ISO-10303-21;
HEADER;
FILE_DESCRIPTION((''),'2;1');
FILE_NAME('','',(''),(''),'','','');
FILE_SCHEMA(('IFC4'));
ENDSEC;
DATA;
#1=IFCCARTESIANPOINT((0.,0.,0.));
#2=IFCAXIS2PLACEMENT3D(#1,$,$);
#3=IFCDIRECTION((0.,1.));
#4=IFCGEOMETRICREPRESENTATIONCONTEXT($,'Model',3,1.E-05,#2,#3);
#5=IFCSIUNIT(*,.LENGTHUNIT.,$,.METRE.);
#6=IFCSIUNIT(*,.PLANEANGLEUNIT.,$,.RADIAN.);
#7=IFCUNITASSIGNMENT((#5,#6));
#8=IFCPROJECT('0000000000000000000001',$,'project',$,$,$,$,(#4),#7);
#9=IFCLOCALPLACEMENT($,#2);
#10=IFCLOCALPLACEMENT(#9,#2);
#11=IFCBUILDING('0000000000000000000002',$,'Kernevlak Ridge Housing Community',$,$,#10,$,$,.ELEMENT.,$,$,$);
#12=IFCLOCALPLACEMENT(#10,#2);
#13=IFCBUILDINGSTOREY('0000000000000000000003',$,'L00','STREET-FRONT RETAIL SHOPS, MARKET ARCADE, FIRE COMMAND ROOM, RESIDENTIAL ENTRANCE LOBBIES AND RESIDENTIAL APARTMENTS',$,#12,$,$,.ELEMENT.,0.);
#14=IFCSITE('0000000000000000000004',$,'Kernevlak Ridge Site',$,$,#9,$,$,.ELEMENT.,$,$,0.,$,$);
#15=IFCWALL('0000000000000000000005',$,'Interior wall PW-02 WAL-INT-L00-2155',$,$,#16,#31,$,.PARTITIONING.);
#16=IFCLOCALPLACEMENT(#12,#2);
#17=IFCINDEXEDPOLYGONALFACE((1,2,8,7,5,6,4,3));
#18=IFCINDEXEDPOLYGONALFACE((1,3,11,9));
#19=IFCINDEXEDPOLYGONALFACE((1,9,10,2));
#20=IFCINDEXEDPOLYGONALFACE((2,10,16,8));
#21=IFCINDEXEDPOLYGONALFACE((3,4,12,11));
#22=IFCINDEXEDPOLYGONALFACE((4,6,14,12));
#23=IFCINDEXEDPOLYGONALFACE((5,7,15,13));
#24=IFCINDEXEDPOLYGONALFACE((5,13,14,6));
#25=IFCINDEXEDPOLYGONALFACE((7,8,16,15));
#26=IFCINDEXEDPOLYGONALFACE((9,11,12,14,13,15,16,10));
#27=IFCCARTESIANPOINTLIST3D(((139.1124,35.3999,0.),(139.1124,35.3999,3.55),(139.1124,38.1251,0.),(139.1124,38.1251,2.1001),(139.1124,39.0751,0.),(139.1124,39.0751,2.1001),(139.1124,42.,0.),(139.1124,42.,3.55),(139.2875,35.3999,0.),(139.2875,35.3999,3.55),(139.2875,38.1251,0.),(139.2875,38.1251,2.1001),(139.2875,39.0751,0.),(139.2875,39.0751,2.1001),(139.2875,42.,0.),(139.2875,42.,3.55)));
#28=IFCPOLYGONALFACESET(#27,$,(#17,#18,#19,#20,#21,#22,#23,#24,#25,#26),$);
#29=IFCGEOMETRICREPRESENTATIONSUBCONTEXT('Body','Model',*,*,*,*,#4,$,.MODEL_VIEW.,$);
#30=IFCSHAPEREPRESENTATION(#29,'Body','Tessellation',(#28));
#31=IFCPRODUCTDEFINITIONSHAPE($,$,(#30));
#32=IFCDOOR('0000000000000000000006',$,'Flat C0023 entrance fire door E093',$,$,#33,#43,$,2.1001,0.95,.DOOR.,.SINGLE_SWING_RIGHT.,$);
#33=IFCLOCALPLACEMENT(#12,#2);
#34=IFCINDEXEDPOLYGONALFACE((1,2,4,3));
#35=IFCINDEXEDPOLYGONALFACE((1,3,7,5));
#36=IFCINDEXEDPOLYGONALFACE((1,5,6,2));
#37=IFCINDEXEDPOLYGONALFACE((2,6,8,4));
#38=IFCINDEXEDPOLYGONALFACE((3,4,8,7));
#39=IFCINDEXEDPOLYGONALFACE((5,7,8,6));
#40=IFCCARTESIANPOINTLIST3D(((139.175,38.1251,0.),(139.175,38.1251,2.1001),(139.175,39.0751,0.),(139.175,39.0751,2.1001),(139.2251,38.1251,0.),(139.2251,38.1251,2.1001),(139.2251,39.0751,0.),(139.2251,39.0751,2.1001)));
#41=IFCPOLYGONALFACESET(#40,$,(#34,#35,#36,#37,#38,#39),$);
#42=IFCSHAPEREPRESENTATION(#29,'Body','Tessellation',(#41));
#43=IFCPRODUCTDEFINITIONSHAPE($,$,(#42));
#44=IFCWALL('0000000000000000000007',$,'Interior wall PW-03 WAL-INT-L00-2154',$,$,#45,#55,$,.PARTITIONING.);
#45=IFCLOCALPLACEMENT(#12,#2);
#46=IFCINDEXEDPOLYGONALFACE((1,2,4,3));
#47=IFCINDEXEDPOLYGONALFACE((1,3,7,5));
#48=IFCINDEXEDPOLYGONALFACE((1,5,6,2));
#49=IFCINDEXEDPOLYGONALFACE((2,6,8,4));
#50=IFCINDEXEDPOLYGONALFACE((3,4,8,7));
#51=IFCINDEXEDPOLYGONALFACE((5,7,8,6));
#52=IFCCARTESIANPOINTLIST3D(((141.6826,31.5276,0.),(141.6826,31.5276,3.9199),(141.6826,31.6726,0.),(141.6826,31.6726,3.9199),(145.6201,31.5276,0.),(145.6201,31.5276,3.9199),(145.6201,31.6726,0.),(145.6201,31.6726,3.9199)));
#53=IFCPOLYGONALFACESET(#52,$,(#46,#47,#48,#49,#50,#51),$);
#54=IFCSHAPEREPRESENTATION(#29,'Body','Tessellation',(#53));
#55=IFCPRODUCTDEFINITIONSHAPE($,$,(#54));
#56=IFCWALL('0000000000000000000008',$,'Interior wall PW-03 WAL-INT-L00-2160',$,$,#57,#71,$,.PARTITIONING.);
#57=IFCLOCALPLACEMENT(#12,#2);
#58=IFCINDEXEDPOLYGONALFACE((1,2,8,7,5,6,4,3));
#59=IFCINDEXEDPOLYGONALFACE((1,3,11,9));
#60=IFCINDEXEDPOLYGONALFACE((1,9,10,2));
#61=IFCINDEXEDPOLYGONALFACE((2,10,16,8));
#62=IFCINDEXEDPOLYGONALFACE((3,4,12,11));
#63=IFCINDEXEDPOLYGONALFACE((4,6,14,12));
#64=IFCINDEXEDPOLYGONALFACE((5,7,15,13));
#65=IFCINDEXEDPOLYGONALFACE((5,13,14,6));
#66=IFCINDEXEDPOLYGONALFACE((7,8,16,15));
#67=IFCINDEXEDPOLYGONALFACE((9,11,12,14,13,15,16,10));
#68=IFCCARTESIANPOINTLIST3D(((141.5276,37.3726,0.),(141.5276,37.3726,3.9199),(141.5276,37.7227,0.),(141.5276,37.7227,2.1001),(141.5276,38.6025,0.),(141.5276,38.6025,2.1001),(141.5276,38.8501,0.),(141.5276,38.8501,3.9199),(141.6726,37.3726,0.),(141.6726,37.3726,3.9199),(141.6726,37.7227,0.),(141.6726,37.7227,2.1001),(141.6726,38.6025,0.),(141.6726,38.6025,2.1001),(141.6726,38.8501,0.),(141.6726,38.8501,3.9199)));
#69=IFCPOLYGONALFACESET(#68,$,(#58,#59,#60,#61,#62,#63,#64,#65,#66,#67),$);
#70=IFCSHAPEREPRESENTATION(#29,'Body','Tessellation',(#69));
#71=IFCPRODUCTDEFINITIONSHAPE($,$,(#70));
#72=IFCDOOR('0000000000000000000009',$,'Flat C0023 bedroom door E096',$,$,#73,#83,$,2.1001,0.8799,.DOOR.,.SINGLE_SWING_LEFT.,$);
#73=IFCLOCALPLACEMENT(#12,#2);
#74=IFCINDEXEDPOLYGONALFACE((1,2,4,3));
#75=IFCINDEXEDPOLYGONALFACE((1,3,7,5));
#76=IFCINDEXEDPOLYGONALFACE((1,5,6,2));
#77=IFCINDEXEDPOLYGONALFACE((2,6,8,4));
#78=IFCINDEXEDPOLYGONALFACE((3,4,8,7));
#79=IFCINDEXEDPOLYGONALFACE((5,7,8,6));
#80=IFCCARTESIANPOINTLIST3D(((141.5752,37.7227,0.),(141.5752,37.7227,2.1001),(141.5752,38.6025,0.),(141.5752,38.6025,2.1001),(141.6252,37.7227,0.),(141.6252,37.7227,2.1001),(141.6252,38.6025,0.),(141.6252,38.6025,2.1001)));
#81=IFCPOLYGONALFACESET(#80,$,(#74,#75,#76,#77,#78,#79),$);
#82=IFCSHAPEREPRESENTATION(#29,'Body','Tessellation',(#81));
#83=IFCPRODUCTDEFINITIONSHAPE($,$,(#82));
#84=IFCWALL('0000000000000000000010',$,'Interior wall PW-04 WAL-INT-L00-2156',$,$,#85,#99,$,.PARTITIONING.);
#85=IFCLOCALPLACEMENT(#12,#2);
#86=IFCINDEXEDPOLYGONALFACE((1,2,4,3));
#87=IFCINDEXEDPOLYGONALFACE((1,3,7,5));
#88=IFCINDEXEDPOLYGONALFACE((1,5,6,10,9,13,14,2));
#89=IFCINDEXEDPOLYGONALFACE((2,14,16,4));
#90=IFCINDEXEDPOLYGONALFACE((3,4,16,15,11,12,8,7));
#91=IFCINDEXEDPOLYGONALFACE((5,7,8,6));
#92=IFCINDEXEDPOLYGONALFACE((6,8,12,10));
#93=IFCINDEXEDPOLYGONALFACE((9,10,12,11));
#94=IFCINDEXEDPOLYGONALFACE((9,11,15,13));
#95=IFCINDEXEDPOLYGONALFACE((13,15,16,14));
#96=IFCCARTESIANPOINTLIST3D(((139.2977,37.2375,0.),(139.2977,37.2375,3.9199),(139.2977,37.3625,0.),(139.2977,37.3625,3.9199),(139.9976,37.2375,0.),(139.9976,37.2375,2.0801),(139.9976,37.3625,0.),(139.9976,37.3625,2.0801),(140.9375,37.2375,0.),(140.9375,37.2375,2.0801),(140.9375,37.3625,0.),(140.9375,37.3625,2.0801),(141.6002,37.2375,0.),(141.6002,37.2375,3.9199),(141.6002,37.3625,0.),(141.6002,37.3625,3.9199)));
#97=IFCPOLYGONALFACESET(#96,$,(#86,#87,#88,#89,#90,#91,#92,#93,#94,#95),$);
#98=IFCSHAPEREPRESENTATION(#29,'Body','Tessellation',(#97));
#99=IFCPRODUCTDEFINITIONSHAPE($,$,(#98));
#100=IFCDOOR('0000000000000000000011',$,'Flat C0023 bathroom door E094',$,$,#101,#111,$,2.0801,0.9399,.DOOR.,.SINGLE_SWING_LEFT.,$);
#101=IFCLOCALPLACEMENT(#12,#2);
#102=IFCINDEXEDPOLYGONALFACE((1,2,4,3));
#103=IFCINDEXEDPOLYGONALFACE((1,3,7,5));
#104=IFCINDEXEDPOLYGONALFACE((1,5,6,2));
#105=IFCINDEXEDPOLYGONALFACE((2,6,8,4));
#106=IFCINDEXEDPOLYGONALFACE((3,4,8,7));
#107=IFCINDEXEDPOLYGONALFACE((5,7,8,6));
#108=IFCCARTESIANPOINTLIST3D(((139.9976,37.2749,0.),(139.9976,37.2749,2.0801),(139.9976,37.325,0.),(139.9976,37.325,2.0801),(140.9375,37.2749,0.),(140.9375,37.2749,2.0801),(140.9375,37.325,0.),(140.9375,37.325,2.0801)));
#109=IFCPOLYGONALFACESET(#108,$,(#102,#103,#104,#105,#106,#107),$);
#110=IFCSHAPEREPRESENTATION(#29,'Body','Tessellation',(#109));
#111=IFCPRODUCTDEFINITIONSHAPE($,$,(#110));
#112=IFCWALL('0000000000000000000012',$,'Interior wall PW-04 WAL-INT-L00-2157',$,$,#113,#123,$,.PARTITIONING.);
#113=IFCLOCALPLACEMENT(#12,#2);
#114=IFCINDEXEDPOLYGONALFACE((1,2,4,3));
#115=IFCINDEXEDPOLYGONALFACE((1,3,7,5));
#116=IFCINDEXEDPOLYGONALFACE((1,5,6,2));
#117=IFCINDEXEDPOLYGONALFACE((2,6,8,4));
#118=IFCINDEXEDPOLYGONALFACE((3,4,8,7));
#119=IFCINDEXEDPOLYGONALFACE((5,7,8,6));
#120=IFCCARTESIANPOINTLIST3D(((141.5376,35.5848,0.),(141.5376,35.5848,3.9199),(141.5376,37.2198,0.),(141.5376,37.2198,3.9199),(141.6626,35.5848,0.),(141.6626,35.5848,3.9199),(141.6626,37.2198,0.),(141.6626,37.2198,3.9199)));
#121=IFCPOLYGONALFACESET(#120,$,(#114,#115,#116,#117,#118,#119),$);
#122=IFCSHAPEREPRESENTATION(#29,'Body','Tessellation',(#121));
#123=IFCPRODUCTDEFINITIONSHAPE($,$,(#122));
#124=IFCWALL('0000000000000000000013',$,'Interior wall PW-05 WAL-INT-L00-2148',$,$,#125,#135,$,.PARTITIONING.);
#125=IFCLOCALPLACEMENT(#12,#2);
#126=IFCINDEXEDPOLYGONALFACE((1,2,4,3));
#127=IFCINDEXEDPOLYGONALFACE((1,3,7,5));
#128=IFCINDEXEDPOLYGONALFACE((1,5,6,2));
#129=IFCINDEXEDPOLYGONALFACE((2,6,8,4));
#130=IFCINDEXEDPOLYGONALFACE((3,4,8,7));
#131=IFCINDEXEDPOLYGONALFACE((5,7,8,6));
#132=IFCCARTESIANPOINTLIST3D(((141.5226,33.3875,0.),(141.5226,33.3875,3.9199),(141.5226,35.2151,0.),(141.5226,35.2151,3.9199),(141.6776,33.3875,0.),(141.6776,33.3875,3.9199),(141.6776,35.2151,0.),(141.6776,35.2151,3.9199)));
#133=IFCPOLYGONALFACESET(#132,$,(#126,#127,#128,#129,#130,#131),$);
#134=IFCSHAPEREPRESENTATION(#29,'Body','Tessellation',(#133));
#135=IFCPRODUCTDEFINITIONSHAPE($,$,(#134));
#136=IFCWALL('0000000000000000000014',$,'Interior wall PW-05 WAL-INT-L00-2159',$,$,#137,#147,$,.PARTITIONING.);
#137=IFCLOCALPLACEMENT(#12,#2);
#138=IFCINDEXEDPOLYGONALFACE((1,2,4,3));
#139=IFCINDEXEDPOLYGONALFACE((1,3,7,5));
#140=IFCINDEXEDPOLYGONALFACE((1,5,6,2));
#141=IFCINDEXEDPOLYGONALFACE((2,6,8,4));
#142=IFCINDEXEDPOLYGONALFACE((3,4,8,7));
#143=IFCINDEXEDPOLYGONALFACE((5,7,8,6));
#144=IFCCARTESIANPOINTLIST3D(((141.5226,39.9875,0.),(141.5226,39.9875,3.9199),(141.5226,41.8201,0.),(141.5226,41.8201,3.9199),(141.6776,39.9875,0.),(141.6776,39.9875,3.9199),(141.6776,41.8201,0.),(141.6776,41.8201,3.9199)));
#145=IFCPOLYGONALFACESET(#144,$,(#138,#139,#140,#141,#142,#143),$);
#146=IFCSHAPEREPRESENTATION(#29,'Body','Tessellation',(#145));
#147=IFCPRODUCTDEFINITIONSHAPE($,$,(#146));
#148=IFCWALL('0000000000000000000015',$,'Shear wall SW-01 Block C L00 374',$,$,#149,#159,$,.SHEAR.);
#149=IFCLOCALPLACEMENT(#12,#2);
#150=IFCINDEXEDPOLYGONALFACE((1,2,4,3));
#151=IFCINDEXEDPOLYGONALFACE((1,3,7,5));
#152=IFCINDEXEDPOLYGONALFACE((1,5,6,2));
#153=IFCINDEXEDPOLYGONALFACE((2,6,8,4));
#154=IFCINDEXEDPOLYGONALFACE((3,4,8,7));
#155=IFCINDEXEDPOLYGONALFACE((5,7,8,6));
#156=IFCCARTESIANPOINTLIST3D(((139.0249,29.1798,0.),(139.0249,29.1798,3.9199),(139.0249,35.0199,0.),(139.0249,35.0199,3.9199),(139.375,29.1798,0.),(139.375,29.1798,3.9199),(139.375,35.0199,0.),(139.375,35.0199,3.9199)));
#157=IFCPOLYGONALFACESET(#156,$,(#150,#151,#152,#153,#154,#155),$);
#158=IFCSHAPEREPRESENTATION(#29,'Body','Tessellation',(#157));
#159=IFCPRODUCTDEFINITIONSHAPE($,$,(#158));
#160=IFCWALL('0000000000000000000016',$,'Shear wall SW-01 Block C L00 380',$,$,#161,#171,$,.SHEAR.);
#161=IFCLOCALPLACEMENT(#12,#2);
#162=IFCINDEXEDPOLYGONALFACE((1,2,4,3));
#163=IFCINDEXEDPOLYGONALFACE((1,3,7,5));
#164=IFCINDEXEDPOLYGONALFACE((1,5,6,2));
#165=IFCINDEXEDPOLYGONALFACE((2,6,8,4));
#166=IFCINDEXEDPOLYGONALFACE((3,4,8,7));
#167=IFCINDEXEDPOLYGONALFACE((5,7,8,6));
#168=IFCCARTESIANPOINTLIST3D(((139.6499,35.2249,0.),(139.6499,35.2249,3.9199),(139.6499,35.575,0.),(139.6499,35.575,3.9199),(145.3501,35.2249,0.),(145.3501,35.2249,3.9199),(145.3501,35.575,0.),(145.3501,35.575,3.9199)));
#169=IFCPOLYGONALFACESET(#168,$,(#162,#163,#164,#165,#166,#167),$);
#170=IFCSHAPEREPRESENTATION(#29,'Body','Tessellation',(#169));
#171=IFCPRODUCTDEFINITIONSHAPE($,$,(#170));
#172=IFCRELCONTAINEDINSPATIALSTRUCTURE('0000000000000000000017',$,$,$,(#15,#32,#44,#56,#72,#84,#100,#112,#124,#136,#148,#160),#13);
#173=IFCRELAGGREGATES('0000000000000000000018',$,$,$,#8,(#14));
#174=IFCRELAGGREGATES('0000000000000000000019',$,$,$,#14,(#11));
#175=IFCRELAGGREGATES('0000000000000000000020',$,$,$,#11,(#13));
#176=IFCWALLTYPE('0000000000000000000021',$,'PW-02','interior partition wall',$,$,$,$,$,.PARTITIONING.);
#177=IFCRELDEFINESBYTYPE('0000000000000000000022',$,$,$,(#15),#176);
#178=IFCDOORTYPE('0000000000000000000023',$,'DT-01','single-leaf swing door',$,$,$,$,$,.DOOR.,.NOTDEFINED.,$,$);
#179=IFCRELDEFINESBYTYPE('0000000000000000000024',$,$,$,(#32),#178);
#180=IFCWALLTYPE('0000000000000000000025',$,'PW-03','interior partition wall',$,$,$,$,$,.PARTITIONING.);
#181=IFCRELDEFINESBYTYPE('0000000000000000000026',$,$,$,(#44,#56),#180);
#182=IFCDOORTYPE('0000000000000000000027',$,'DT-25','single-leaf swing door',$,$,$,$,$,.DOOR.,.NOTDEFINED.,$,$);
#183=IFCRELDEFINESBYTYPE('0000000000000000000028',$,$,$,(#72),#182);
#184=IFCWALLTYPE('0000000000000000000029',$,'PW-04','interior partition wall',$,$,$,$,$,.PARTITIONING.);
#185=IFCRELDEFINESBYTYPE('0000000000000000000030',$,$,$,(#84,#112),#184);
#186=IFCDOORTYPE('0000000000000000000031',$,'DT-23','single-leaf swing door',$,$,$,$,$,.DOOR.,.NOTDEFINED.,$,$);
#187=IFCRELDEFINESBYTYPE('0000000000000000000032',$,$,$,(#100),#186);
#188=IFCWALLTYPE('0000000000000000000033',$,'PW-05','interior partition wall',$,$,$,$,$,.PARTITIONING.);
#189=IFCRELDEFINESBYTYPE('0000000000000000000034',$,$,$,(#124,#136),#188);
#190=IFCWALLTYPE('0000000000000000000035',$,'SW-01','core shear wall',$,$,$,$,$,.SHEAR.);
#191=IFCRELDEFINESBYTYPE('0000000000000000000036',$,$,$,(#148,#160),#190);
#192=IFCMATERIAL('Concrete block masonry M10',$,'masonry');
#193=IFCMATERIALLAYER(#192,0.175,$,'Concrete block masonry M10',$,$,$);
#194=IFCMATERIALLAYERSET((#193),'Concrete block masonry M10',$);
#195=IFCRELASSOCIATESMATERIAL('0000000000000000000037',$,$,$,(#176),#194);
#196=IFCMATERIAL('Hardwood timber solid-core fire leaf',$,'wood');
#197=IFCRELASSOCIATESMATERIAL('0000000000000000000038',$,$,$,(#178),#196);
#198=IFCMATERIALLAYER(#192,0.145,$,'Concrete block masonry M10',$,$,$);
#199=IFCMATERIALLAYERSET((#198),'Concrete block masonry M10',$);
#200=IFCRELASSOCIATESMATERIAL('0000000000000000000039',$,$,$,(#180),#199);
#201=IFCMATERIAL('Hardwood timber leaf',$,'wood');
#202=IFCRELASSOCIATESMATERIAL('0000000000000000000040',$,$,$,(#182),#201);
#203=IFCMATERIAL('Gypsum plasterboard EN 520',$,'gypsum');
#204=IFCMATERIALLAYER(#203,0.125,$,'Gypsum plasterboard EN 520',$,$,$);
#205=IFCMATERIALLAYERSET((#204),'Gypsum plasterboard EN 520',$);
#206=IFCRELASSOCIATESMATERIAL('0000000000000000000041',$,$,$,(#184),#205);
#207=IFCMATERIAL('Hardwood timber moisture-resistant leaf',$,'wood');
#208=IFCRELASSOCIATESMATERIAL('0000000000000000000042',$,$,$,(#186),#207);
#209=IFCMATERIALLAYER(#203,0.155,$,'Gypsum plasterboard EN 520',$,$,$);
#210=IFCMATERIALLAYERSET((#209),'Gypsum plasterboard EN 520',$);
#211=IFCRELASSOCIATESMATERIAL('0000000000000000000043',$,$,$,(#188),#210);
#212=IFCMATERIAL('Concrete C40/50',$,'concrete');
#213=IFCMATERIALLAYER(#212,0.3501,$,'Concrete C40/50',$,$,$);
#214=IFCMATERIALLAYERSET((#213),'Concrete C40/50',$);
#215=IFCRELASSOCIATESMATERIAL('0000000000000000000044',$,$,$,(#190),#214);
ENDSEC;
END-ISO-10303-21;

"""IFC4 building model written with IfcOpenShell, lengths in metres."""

from ifc_helpers import new_model, si_unit, direction, frame, frame_2d, origin, place, context, subcontext, project, spatial, rectangle, extrude, material, layer, layer_set, type_object, element, fill, save


model = new_model("IFC4")

# Units and contexts
model_context = context("Model", 3, precision=1e-05, world=origin(), true_north=direction((0.0, 1.0)))
body_context = subcontext(model_context, "Body", "Model", "MODEL_VIEW")
ifc_project = project(units=[si_unit("LENGTHUNIT", "METRE"), si_unit("PLANEANGLEUNIT", "RADIAN")], contexts=[model_context])

# Site, building, storey
site_placement = place(None, origin())
site = spatial("IfcSite", under=ifc_project, at=site_placement, Name="Kernevlak Ridge Site", CompositionType="ELEMENT", RefElevation=0.0)
building_placement = place(site_placement, origin())
building = spatial("IfcBuilding", under=site, at=building_placement, Name="Kernevlak Ridge Housing Community", CompositionType="ELEMENT")
storey_placement = place(building_placement, origin())
storey = spatial("IfcBuildingStorey", under=building, at=storey_placement, Name="L00", Description="STREET-FRONT RETAIL SHOPS, MARKET ARCADE, FIRE COMMAND ROOM, RESIDENTIAL ENTRANCE LOBBIES AND RESIDENTIAL APARTMENTS", CompositionType="ELEMENT", Elevation=0.0)

# Shared definitions
ifc_material_1 = material(Name="Concrete C40/50", Category="concrete")

# Shared definitions
ifc_material_2 = material(Name="Concrete block masonry M10", Category="masonry")

# Wall, opening, door
ifc_layer_1 = layer(ifc_material_2, 0.175, Name="Concrete block masonry M10")
ifc_layer_set_1 = layer_set([ifc_layer_1], Name="Concrete block masonry M10")
wall_type_1 = type_object("IfcWallType", Name="PW-02", Description="interior partition wall", PredefinedType="PARTITIONING", material=ifc_layer_set_1)
wall_1_placement = place(storey_placement, frame((139.2, 35.3999, 0.0), z_axis=(0.0, 0.0, 1.0), x_axis=(0.0, 1.0, 0.0)))
wall_1 = element("IfcWall", 1, at=wall_1_placement, inside=storey, type_object=wall_type_1, Name="Interior wall PW-02 WAL-INT-L00-2155", PredefinedType="PARTITIONING", context=body_context, shape_type="SweptSolid", body=[
    extrude(rectangle(XDim=6.6001, YDim=0.175, at=frame_2d((3.3, 0.0))), origin(), (0.0, 0.0, 1.0), 3.55),
])
opening_1_placement = place(wall_1_placement, frame((2.7251, 0.0, 0.0)))
opening_1 = element("IfcOpeningElement", 2, at=opening_1_placement, cuts=wall_1, PredefinedType="OPENING", context=body_context, shape_type="SweptSolid", body=[
    extrude(rectangle(XDim=0.95, YDim=2.1001, at=frame_2d((0.4751, 1.05))), frame((0.0, 0.0974, 0.0), z_axis=(0.0, -1.0, 0.0), x_axis=(1.0, 0.0, 0.0)), (0.0, 0.0, 1.0), 0.1951),
])
ifc_material_3 = material(Name="Hardwood timber solid-core fire leaf", Category="wood")
door_type_1 = type_object("IfcDoorType", Name="DT-01", Description="single-leaf swing door", OperationType="NOTDEFINED", PredefinedType="DOOR", material=ifc_material_3)
door_1_placement = place(opening_1_placement, origin())
door_1 = element("IfcDoor", 3, at=door_1_placement, inside=storey, type_object=door_type_1, Name="Flat C0023 entrance fire door E093", OperationType="SINGLE_SWING_RIGHT", OverallHeight=2.1001, OverallWidth=0.95, PredefinedType="DOOR", context=body_context, shape_type="SweptSolid", body=[
    extrude(rectangle(XDim=0.95, YDim=2.1001, at=frame_2d((0.4751, 1.05))), frame((0.0, 0.0249, 0.0), z_axis=(0.0, -1.0, 0.0), x_axis=(1.0, 0.0, 0.0)), (0.0, 0.0, 1.0), 0.05),
])
fill(opening_1, door_1)

# Wall
ifc_layer_2 = layer(ifc_material_2, 0.145, Name="Concrete block masonry M10")
ifc_layer_set_2 = layer_set([ifc_layer_2], Name="Concrete block masonry M10")
wall_type_2 = type_object("IfcWallType", Name="PW-03", Description="interior partition wall", PredefinedType="PARTITIONING", material=ifc_layer_set_2)
wall_2_placement = place(storey_placement, frame((141.6826, 31.6001, 0.0), z_axis=(0.0, 0.0, 1.0), x_axis=(1.0, 0.0, 0.0)))
element("IfcWall", 4, at=wall_2_placement, inside=storey, type_object=wall_type_2, Name="Interior wall PW-03 WAL-INT-L00-2154", PredefinedType="PARTITIONING", context=body_context, shape_type="SweptSolid", body=[
    extrude(rectangle(XDim=3.9375, YDim=0.145, at=frame_2d((1.9688, 0.0))), origin(), (0.0, 0.0, 1.0), 3.9199),
])

# Walls, openings, doors
wall_3_placement = place(storey_placement, frame((141.6001, 37.3726, 0.0), z_axis=(0.0, 0.0, 1.0), x_axis=(0.0, 1.0, 0.0)))
wall_3 = element("IfcWall", 5, at=wall_3_placement, inside=storey, type_object=wall_type_2, Name="Interior wall PW-03 WAL-INT-L00-2160", PredefinedType="PARTITIONING", context=body_context, shape_type="SweptSolid", body=[
    extrude(rectangle(XDim=1.4775, YDim=0.145, at=frame_2d((0.7388, 0.0))), origin(), (0.0, 0.0, 1.0), 3.9199),
])
opening_2_placement = place(wall_3_placement, frame((0.3501, 0.0, 0.0)))
opening_2 = element("IfcOpeningElement", 6, at=opening_2_placement, cuts=wall_3, PredefinedType="OPENING", context=body_context, shape_type="SweptSolid", body=[
    extrude(rectangle(XDim=0.8799, YDim=2.1001, at=frame_2d((0.4399, 1.05))), frame((0.0, 0.0825, 0.0), z_axis=(0.0, -1.0, 0.0), x_axis=(1.0, 0.0, 0.0)), (0.0, 0.0, 1.0), 0.165),
])
ifc_material_4 = material(Name="Hardwood timber leaf", Category="wood")
door_type_2 = type_object("IfcDoorType", Name="DT-25", Description="single-leaf swing door", OperationType="NOTDEFINED", PredefinedType="DOOR", material=ifc_material_4)
door_2_placement = place(opening_2_placement, origin())
door_2 = element("IfcDoor", 7, at=door_2_placement, inside=storey, type_object=door_type_2, Name="Flat C0023 bedroom door E096", OperationType="SINGLE_SWING_LEFT", OverallHeight=2.1001, OverallWidth=0.8799, PredefinedType="DOOR", context=body_context, shape_type="SweptSolid", body=[
    extrude(rectangle(XDim=0.8799, YDim=2.1001, at=frame_2d((0.4399, 1.05))), frame((0.0, 0.0249, 0.0), z_axis=(0.0, -1.0, 0.0), x_axis=(1.0, 0.0, 0.0)), (0.0, 0.0, 1.0), 0.05),
])
fill(opening_2, door_2)
ifc_material_5 = material(Name="Gypsum plasterboard EN 520", Category="gypsum")
ifc_layer_3 = layer(ifc_material_5, 0.125, Name="Gypsum plasterboard EN 520")
ifc_layer_set_3 = layer_set([ifc_layer_3], Name="Gypsum plasterboard EN 520")
wall_type_3 = type_object("IfcWallType", Name="PW-04", Description="interior partition wall", PredefinedType="PARTITIONING", material=ifc_layer_set_3)
wall_4_placement = place(storey_placement, frame((139.2976, 37.3, 0.0), z_axis=(0.0, 0.0, 1.0), x_axis=(1.0, 0.0, 0.0)))
wall_4 = element("IfcWall", 8, at=wall_4_placement, inside=storey, type_object=wall_type_3, Name="Interior wall PW-04 WAL-INT-L00-2156", PredefinedType="PARTITIONING", context=body_context, shape_type="SweptSolid", body=[
    extrude(rectangle(XDim=2.3025, YDim=0.125, at=frame_2d((1.1514, 0.0))), origin(), (0.0, 0.0, 1.0), 3.9199),
])
opening_3_placement = place(wall_4_placement, frame((0.7, 0.0, 0.0)))
opening_3 = element("IfcOpeningElement", 9, at=opening_3_placement, cuts=wall_4, PredefinedType="OPENING", context=body_context, shape_type="SweptSolid", body=[
    extrude(rectangle(XDim=0.9399, YDim=2.0801, at=frame_2d((0.47, 1.04))), frame((0.0, 0.0725, 0.0), z_axis=(0.0, -1.0, 0.0), x_axis=(1.0, 0.0, 0.0)), (0.0, 0.0, 1.0), 0.145),
])
ifc_material_6 = material(Name="Hardwood timber moisture-resistant leaf", Category="wood")
door_type_3 = type_object("IfcDoorType", Name="DT-23", Description="single-leaf swing door", OperationType="NOTDEFINED", PredefinedType="DOOR", material=ifc_material_6)
door_3_placement = place(opening_3_placement, origin())
door_3 = element("IfcDoor", 10, at=door_3_placement, inside=storey, type_object=door_type_3, Name="Flat C0023 bathroom door E094", OperationType="SINGLE_SWING_LEFT", OverallHeight=2.0801, OverallWidth=0.9399, PredefinedType="DOOR", context=body_context, shape_type="SweptSolid", body=[
    extrude(rectangle(XDim=0.9399, YDim=2.0801, at=frame_2d((0.47, 1.04))), frame((0.0, 0.0249, 0.0), z_axis=(0.0, -1.0, 0.0), x_axis=(1.0, 0.0, 0.0)), (0.0, 0.0, 1.0), 0.05),
])
fill(opening_3, door_3)

# Wall
wall_5_placement = place(storey_placement, frame((141.6001, 35.585, 0.0), z_axis=(0.0, 0.0, 1.0), x_axis=(0.0, 1.0, 0.0)))
element("IfcWall", 11, at=wall_5_placement, inside=storey, type_object=wall_type_3, Name="Interior wall PW-04 WAL-INT-L00-2157", PredefinedType="PARTITIONING", context=body_context, shape_type="SweptSolid", body=[
    extrude(rectangle(XDim=1.635, YDim=0.125, at=frame_2d((0.8174, 0.0))), origin(), (0.0, 0.0, 1.0), 3.9199),
])

# Shared definitions
ifc_layer_4 = layer(ifc_material_5, 0.155, Name="Gypsum plasterboard EN 520")
ifc_layer_set_4 = layer_set([ifc_layer_4], Name="Gypsum plasterboard EN 520")
wall_type_4 = type_object("IfcWallType", Name="PW-05", Description="interior partition wall", PredefinedType="PARTITIONING", material=ifc_layer_set_4)

# Wall
wall_6_placement = place(storey_placement, frame((141.6001, 33.3875, 0.0), z_axis=(0.0, 0.0, 1.0), x_axis=(0.0, 1.0, 0.0)))
element("IfcWall", 12, at=wall_6_placement, inside=storey, type_object=wall_type_4, Name="Interior wall PW-05 WAL-INT-L00-2148", PredefinedType="PARTITIONING", context=body_context, shape_type="SweptSolid", body=[
    extrude(rectangle(XDim=1.8276, YDim=0.155, at=frame_2d((0.9138, 0.0))), origin(), (0.0, 0.0, 1.0), 3.9199),
])

# Walls
wall_7_placement = place(storey_placement, frame((141.6001, 39.9875, 0.0), z_axis=(0.0, 0.0, 1.0), x_axis=(0.0, 1.0, 0.0)))
element("IfcWall", 13, at=wall_7_placement, inside=storey, type_object=wall_type_4, Name="Interior wall PW-05 WAL-INT-L00-2159", PredefinedType="PARTITIONING", context=body_context, shape_type="SweptSolid", body=[
    extrude(rectangle(XDim=1.8325, YDim=0.155, at=frame_2d((0.9163, 0.0))), origin(), (0.0, 0.0, 1.0), 3.9199),
])
ifc_layer_5 = layer(ifc_material_1, 0.3501, Name="Concrete C40/50")
ifc_layer_set_5 = layer_set([ifc_layer_5], Name="Concrete C40/50")
wall_type_5 = type_object("IfcWallType", Name="SW-01", Description="core shear wall", PredefinedType="SHEAR", material=ifc_layer_set_5)
wall_8_placement = place(storey_placement, frame((139.2, 29.1799, 0.0), z_axis=(0.0, 0.0, 1.0), x_axis=(0.0, 1.0, 0.0)))
element("IfcWall", 14, at=wall_8_placement, inside=storey, type_object=wall_type_5, Name="Shear wall SW-01 Block C L00 374", PredefinedType="SHEAR", context=body_context, shape_type="SweptSolid", body=[
    extrude(rectangle(XDim=5.8401, YDim=0.3501, at=frame_2d((2.9199, 0.0))), origin(), (0.0, 0.0, 1.0), 3.9199),
])
wall_9_placement = place(storey_placement, frame((139.6499, 35.3999, 0.0), z_axis=(0.0, 0.0, 1.0), x_axis=(1.0, 0.0, 0.0)))
element("IfcWall", 15, at=wall_9_placement, inside=storey, type_object=wall_type_5, Name="Shear wall SW-01 Block C L00 380", PredefinedType="SHEAR", context=body_context, shape_type="SweptSolid", body=[
    extrude(rectangle(XDim=5.7002, YDim=0.3501, at=frame_2d((2.8501, 0.0))), origin(), (0.0, 0.0, 1.0), 3.9199),
])

save(model, "model.ifc")
